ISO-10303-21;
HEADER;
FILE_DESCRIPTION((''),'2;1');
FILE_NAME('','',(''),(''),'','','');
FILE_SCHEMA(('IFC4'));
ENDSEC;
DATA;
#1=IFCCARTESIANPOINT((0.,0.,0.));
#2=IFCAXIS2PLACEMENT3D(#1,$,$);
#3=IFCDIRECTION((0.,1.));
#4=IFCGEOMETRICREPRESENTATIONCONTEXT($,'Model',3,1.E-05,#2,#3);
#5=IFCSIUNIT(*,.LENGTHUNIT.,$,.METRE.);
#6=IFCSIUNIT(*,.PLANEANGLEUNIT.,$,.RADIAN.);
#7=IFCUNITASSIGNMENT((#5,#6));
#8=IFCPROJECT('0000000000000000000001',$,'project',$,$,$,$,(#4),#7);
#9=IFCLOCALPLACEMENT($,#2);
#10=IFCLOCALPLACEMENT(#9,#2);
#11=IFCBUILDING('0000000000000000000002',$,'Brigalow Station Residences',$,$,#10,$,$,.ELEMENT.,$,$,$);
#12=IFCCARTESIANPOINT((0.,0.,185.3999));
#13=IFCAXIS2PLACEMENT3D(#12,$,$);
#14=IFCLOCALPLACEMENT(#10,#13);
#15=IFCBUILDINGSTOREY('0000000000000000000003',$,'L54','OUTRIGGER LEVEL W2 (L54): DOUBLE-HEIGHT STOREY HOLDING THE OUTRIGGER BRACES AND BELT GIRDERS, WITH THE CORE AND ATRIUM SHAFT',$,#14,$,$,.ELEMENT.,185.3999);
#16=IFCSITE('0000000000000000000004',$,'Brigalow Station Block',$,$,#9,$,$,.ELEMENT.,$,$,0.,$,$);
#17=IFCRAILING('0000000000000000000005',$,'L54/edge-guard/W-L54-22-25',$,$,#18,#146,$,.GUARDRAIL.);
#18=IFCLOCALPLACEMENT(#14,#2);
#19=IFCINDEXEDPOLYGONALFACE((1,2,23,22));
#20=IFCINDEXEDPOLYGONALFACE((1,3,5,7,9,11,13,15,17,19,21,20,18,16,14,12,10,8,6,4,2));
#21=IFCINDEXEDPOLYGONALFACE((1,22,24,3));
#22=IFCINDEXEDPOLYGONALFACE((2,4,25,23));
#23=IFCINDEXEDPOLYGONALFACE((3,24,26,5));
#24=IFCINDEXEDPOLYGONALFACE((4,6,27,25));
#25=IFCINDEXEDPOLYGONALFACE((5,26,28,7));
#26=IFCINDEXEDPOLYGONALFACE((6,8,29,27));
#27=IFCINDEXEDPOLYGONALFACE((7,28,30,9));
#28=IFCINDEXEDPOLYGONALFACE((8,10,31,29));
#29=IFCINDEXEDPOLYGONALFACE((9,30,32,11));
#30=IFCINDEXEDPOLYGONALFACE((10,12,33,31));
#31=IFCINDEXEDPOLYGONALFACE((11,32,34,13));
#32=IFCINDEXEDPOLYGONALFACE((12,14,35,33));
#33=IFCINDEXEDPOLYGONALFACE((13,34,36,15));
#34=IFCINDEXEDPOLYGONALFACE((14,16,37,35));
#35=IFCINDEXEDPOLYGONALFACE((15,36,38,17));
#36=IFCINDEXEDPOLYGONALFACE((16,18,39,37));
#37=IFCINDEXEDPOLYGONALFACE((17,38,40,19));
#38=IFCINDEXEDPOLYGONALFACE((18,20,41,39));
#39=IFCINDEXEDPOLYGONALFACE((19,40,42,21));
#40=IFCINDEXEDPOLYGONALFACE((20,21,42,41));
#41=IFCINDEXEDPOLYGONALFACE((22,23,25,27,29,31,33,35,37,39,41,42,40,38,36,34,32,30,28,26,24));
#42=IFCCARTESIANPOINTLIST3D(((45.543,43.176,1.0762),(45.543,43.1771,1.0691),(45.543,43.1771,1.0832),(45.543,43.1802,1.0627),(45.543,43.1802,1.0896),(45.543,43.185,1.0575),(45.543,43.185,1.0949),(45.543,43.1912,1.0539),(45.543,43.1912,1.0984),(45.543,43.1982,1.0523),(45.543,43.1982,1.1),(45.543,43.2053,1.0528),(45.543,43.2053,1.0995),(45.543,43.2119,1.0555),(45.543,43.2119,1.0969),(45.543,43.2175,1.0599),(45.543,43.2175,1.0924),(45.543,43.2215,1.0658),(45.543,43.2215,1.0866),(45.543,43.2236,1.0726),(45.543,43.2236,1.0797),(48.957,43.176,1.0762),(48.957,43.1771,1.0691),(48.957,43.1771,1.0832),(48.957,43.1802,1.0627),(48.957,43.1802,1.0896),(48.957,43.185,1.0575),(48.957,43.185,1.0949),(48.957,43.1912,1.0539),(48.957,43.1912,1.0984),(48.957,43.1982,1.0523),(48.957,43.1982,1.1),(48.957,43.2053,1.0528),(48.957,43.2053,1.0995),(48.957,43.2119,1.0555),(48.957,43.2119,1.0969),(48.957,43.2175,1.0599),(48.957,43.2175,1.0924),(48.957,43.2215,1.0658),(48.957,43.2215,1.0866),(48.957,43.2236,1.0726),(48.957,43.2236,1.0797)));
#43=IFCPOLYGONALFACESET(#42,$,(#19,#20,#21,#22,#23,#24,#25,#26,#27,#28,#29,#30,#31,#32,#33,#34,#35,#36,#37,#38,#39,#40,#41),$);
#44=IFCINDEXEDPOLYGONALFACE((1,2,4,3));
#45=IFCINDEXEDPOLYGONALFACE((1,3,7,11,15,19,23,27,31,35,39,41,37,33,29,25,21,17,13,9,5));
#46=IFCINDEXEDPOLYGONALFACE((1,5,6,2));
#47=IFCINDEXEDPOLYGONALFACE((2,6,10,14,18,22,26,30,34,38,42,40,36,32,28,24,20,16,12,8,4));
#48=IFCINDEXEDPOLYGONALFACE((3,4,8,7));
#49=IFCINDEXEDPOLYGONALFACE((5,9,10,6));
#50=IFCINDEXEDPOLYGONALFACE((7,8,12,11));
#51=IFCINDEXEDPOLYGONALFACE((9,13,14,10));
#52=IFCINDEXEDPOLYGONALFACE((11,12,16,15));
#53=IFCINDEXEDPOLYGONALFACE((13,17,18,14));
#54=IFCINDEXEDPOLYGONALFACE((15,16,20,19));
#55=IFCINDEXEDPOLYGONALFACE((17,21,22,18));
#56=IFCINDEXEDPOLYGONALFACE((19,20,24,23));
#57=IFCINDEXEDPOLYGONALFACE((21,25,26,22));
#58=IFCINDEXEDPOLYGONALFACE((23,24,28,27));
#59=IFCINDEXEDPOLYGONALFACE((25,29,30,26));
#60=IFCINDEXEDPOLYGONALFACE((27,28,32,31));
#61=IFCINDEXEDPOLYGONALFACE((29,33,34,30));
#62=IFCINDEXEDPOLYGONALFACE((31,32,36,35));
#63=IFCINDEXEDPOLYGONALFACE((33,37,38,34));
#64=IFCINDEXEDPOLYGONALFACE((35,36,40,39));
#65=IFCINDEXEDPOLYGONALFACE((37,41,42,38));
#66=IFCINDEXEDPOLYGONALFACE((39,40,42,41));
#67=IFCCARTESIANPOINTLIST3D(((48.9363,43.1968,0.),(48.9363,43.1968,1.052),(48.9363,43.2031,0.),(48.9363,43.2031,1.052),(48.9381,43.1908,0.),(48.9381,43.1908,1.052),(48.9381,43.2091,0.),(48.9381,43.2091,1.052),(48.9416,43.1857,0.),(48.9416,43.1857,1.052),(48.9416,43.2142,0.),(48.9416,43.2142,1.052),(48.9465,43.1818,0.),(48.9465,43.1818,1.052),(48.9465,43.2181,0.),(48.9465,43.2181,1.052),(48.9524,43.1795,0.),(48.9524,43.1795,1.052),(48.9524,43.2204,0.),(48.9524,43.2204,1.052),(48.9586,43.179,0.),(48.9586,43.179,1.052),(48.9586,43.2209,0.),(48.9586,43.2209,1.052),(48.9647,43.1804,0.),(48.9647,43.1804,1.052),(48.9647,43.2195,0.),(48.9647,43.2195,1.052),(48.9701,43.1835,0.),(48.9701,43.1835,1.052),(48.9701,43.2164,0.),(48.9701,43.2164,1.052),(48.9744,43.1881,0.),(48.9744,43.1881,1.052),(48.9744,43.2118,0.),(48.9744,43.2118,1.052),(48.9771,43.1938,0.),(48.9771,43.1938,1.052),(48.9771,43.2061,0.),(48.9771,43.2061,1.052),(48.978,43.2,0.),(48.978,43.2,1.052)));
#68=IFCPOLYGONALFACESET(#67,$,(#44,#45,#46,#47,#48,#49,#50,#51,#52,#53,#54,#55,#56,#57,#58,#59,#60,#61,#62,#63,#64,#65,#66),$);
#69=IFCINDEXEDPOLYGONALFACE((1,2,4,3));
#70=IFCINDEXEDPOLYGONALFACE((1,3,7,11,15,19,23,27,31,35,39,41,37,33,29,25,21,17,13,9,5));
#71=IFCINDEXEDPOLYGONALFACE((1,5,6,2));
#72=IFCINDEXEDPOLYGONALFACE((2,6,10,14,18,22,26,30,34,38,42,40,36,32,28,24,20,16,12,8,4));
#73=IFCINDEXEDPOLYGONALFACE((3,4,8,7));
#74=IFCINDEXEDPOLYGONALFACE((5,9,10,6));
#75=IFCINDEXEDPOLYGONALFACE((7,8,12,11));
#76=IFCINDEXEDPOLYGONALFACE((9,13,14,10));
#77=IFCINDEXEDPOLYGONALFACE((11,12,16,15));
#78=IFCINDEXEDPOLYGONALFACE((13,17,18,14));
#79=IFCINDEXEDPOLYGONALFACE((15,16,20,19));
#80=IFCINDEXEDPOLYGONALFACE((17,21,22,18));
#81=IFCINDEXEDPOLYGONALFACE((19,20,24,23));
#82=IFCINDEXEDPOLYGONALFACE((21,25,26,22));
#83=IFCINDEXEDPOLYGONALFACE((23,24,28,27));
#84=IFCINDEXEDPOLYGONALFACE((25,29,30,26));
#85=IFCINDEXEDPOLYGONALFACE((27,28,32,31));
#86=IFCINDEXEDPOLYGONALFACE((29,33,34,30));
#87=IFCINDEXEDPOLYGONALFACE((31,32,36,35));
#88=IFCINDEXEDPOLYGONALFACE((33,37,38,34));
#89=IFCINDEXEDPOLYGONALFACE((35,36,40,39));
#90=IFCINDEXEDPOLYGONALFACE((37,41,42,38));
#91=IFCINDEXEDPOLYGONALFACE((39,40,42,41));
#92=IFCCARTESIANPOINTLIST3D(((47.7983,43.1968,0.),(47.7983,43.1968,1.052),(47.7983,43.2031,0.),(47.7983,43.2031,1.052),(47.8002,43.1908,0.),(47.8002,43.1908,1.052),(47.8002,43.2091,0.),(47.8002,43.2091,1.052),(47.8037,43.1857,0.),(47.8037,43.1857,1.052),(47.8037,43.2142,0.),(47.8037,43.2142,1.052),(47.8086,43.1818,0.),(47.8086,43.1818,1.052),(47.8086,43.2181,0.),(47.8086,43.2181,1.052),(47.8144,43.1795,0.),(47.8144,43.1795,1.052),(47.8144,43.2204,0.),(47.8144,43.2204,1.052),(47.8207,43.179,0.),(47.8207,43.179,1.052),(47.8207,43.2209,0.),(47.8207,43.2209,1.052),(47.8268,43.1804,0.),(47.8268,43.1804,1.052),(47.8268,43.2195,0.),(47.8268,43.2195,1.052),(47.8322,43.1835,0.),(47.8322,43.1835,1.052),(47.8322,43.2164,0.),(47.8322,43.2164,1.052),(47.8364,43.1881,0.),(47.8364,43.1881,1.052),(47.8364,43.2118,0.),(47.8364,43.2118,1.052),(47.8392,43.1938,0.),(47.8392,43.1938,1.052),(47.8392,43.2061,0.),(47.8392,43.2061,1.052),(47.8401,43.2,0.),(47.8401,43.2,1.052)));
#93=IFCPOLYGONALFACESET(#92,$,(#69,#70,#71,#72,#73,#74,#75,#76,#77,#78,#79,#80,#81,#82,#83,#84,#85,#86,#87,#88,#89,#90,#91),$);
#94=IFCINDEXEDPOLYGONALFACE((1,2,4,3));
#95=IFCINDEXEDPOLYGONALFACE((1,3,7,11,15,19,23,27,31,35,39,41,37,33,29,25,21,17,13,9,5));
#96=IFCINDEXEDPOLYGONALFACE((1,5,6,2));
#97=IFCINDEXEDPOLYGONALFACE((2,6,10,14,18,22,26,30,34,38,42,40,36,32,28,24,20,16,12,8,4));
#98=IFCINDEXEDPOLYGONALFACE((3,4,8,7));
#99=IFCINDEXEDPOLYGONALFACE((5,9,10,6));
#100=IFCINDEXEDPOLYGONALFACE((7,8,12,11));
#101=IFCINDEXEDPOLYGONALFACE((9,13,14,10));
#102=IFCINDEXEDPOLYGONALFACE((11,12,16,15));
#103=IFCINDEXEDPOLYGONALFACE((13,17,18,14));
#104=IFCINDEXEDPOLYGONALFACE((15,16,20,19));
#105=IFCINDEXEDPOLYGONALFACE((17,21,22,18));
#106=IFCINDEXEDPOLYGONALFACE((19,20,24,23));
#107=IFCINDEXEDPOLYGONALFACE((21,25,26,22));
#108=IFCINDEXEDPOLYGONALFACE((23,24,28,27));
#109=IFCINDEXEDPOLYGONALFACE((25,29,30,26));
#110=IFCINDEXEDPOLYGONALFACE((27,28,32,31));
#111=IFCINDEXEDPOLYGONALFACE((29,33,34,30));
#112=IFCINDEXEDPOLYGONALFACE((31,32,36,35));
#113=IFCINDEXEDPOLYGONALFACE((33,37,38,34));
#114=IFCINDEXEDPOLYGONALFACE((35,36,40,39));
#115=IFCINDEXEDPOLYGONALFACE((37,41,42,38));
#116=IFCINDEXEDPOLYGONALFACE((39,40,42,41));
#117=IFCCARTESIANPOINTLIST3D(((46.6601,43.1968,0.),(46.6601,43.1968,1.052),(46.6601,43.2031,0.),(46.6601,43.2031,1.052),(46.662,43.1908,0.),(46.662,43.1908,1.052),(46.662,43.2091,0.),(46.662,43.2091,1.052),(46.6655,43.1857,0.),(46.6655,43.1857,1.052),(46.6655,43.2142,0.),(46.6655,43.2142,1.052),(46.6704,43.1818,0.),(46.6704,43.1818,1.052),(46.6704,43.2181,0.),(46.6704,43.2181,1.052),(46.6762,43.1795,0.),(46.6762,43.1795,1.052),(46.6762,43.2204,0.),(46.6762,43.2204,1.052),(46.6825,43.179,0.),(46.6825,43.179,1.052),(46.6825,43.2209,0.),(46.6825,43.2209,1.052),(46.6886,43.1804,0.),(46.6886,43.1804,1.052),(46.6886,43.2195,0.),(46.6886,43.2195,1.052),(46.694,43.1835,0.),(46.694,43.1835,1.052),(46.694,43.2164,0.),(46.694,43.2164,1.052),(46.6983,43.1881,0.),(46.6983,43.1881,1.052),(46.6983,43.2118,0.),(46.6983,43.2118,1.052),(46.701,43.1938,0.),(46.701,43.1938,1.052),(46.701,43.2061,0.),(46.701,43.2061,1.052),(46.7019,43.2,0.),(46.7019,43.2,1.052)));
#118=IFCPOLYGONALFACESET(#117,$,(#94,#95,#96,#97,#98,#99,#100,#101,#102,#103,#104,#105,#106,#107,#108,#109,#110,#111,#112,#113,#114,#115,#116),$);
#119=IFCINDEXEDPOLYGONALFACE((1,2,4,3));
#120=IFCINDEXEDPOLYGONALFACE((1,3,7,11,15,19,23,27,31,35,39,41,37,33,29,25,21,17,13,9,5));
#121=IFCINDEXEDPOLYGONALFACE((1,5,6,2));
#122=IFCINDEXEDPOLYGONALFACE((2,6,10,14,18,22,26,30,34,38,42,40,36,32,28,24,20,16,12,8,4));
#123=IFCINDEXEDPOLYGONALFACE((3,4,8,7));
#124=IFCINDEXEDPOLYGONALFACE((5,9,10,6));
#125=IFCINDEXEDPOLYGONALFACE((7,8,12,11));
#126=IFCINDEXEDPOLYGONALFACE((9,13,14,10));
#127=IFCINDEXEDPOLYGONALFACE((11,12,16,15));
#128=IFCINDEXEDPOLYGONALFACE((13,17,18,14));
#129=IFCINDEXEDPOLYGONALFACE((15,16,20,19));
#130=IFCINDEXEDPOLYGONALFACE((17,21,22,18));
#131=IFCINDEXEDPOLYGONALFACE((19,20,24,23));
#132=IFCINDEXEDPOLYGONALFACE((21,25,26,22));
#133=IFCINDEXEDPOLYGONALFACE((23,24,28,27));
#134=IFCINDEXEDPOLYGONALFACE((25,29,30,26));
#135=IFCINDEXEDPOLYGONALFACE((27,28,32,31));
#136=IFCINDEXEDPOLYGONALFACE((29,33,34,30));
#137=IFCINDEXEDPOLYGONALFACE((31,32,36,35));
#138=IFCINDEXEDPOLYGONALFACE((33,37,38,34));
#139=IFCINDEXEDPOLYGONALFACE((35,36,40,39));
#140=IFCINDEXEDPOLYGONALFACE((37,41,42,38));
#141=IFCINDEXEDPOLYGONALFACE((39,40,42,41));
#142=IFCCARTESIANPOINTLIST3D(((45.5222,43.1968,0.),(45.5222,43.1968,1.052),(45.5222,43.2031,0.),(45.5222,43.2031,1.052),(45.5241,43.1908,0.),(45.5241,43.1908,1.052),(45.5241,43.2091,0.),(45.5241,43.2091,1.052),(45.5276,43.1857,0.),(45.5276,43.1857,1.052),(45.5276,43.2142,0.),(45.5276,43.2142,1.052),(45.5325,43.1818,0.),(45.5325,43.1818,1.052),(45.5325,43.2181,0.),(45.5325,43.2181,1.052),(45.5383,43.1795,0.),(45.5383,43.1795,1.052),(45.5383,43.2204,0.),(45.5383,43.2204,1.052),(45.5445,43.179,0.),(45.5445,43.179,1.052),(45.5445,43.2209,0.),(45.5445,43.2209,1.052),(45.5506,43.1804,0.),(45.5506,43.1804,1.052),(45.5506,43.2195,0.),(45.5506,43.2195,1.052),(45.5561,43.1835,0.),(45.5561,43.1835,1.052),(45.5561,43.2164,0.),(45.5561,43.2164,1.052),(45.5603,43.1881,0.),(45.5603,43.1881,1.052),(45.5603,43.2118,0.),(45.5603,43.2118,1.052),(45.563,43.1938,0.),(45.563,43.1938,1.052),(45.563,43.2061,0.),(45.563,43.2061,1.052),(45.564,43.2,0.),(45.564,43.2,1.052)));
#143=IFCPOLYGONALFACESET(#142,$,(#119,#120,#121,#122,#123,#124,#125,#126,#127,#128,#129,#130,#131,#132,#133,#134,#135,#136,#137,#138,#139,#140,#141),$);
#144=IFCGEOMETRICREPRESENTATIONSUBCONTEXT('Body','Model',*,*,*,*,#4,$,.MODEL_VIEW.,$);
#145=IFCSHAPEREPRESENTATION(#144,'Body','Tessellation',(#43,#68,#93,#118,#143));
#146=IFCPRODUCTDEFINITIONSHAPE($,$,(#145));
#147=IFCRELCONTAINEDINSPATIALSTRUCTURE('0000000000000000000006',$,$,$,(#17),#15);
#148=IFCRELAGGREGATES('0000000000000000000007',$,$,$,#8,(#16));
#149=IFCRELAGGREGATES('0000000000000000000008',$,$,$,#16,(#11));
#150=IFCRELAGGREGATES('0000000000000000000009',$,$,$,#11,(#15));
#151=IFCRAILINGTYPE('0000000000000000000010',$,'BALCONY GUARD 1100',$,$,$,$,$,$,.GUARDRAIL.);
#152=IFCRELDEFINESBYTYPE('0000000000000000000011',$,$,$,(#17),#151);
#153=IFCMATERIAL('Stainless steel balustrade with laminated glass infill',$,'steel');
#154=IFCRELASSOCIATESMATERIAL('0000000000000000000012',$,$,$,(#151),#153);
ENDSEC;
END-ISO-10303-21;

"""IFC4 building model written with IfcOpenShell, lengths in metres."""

from ifc_helpers import new_model, si_unit, direction, frame, origin, origin_2d, place, context, subcontext, project, spatial, circle, extrude, material, type_object, element, save


model = new_model("IFC4")

# Units and contexts
model_context = context("Model", 3, precision=1e-05, world=origin(), true_north=direction((0.0, 1.0)))
body_context = subcontext(model_context, "Body", "Model", "MODEL_VIEW")
ifc_project = project(units=[si_unit("LENGTHUNIT", "METRE"), si_unit("PLANEANGLEUNIT", "RADIAN")], contexts=[model_context])

# Site, building, storey
site_placement = place(None, origin())
site = spatial("IfcSite", under=ifc_project, at=site_placement, Name="Brigalow Station Block", CompositionType="ELEMENT", RefElevation=0.0)
building_placement = place(site_placement, origin())
building = spatial("IfcBuilding", under=site, at=building_placement, Name="Brigalow Station Residences", CompositionType="ELEMENT")
storey_placement = place(building_placement, frame((0.0, 0.0, 185.3999)))
storey = spatial("IfcBuildingStorey", under=building, at=storey_placement, Name="L54", Description="OUTRIGGER LEVEL W2 (L54): DOUBLE-HEIGHT STOREY HOLDING THE OUTRIGGER BRACES AND BELT GIRDERS, WITH THE CORE AND ATRIUM SHAFT", CompositionType="ELEMENT", Elevation=185.3999)

# Railing
ifc_material_1 = material(Name="Stainless steel balustrade with laminated glass infill", Category="steel")
railing_type = type_object("IfcRailingType", Name="BALCONY GUARD 1100", PredefinedType="GUARDRAIL", material=ifc_material_1)
for number, where, name in (
    (1, (48.957, 43.2, 0.0), "L54/edge-guard/W-L54-22-25"),
):
    element("IfcRailing", number, at=place(storey_placement, frame(where)), inside=storey, type_object=railing_type, Name=name, PredefinedType="GUARDRAIL", context=body_context, shape_type="SweptSolid", body=[
        extrude(circle(Radius=0.0239, at=origin_2d()), frame((0.0, 0.0, 1.0762), z_axis=(-1.0, 0.0, 0.0), x_axis=(0.0, -1.0, 0.0)), (0.0, 0.0, 1.0), 3.4141),
        extrude(circle(Radius=0.021, at=origin_2d()), origin(), (0.0, 0.0, 1.0), 1.052),
        extrude(circle(Radius=0.021, at=origin_2d()), frame((-1.1379, 0.0, 0.0)), (0.0, 0.0, 1.0), 1.052),
        extrude(circle(Radius=0.021, at=origin_2d()), frame((-2.2761, 0.0, 0.0)), (0.0, 0.0, 1.0), 1.052),
        extrude(circle(Radius=0.021, at=origin_2d()), frame((-3.4141, 0.0, 0.0)), (0.0, 0.0, 1.0), 1.052),
    ])

save(model, "model.ifc")
